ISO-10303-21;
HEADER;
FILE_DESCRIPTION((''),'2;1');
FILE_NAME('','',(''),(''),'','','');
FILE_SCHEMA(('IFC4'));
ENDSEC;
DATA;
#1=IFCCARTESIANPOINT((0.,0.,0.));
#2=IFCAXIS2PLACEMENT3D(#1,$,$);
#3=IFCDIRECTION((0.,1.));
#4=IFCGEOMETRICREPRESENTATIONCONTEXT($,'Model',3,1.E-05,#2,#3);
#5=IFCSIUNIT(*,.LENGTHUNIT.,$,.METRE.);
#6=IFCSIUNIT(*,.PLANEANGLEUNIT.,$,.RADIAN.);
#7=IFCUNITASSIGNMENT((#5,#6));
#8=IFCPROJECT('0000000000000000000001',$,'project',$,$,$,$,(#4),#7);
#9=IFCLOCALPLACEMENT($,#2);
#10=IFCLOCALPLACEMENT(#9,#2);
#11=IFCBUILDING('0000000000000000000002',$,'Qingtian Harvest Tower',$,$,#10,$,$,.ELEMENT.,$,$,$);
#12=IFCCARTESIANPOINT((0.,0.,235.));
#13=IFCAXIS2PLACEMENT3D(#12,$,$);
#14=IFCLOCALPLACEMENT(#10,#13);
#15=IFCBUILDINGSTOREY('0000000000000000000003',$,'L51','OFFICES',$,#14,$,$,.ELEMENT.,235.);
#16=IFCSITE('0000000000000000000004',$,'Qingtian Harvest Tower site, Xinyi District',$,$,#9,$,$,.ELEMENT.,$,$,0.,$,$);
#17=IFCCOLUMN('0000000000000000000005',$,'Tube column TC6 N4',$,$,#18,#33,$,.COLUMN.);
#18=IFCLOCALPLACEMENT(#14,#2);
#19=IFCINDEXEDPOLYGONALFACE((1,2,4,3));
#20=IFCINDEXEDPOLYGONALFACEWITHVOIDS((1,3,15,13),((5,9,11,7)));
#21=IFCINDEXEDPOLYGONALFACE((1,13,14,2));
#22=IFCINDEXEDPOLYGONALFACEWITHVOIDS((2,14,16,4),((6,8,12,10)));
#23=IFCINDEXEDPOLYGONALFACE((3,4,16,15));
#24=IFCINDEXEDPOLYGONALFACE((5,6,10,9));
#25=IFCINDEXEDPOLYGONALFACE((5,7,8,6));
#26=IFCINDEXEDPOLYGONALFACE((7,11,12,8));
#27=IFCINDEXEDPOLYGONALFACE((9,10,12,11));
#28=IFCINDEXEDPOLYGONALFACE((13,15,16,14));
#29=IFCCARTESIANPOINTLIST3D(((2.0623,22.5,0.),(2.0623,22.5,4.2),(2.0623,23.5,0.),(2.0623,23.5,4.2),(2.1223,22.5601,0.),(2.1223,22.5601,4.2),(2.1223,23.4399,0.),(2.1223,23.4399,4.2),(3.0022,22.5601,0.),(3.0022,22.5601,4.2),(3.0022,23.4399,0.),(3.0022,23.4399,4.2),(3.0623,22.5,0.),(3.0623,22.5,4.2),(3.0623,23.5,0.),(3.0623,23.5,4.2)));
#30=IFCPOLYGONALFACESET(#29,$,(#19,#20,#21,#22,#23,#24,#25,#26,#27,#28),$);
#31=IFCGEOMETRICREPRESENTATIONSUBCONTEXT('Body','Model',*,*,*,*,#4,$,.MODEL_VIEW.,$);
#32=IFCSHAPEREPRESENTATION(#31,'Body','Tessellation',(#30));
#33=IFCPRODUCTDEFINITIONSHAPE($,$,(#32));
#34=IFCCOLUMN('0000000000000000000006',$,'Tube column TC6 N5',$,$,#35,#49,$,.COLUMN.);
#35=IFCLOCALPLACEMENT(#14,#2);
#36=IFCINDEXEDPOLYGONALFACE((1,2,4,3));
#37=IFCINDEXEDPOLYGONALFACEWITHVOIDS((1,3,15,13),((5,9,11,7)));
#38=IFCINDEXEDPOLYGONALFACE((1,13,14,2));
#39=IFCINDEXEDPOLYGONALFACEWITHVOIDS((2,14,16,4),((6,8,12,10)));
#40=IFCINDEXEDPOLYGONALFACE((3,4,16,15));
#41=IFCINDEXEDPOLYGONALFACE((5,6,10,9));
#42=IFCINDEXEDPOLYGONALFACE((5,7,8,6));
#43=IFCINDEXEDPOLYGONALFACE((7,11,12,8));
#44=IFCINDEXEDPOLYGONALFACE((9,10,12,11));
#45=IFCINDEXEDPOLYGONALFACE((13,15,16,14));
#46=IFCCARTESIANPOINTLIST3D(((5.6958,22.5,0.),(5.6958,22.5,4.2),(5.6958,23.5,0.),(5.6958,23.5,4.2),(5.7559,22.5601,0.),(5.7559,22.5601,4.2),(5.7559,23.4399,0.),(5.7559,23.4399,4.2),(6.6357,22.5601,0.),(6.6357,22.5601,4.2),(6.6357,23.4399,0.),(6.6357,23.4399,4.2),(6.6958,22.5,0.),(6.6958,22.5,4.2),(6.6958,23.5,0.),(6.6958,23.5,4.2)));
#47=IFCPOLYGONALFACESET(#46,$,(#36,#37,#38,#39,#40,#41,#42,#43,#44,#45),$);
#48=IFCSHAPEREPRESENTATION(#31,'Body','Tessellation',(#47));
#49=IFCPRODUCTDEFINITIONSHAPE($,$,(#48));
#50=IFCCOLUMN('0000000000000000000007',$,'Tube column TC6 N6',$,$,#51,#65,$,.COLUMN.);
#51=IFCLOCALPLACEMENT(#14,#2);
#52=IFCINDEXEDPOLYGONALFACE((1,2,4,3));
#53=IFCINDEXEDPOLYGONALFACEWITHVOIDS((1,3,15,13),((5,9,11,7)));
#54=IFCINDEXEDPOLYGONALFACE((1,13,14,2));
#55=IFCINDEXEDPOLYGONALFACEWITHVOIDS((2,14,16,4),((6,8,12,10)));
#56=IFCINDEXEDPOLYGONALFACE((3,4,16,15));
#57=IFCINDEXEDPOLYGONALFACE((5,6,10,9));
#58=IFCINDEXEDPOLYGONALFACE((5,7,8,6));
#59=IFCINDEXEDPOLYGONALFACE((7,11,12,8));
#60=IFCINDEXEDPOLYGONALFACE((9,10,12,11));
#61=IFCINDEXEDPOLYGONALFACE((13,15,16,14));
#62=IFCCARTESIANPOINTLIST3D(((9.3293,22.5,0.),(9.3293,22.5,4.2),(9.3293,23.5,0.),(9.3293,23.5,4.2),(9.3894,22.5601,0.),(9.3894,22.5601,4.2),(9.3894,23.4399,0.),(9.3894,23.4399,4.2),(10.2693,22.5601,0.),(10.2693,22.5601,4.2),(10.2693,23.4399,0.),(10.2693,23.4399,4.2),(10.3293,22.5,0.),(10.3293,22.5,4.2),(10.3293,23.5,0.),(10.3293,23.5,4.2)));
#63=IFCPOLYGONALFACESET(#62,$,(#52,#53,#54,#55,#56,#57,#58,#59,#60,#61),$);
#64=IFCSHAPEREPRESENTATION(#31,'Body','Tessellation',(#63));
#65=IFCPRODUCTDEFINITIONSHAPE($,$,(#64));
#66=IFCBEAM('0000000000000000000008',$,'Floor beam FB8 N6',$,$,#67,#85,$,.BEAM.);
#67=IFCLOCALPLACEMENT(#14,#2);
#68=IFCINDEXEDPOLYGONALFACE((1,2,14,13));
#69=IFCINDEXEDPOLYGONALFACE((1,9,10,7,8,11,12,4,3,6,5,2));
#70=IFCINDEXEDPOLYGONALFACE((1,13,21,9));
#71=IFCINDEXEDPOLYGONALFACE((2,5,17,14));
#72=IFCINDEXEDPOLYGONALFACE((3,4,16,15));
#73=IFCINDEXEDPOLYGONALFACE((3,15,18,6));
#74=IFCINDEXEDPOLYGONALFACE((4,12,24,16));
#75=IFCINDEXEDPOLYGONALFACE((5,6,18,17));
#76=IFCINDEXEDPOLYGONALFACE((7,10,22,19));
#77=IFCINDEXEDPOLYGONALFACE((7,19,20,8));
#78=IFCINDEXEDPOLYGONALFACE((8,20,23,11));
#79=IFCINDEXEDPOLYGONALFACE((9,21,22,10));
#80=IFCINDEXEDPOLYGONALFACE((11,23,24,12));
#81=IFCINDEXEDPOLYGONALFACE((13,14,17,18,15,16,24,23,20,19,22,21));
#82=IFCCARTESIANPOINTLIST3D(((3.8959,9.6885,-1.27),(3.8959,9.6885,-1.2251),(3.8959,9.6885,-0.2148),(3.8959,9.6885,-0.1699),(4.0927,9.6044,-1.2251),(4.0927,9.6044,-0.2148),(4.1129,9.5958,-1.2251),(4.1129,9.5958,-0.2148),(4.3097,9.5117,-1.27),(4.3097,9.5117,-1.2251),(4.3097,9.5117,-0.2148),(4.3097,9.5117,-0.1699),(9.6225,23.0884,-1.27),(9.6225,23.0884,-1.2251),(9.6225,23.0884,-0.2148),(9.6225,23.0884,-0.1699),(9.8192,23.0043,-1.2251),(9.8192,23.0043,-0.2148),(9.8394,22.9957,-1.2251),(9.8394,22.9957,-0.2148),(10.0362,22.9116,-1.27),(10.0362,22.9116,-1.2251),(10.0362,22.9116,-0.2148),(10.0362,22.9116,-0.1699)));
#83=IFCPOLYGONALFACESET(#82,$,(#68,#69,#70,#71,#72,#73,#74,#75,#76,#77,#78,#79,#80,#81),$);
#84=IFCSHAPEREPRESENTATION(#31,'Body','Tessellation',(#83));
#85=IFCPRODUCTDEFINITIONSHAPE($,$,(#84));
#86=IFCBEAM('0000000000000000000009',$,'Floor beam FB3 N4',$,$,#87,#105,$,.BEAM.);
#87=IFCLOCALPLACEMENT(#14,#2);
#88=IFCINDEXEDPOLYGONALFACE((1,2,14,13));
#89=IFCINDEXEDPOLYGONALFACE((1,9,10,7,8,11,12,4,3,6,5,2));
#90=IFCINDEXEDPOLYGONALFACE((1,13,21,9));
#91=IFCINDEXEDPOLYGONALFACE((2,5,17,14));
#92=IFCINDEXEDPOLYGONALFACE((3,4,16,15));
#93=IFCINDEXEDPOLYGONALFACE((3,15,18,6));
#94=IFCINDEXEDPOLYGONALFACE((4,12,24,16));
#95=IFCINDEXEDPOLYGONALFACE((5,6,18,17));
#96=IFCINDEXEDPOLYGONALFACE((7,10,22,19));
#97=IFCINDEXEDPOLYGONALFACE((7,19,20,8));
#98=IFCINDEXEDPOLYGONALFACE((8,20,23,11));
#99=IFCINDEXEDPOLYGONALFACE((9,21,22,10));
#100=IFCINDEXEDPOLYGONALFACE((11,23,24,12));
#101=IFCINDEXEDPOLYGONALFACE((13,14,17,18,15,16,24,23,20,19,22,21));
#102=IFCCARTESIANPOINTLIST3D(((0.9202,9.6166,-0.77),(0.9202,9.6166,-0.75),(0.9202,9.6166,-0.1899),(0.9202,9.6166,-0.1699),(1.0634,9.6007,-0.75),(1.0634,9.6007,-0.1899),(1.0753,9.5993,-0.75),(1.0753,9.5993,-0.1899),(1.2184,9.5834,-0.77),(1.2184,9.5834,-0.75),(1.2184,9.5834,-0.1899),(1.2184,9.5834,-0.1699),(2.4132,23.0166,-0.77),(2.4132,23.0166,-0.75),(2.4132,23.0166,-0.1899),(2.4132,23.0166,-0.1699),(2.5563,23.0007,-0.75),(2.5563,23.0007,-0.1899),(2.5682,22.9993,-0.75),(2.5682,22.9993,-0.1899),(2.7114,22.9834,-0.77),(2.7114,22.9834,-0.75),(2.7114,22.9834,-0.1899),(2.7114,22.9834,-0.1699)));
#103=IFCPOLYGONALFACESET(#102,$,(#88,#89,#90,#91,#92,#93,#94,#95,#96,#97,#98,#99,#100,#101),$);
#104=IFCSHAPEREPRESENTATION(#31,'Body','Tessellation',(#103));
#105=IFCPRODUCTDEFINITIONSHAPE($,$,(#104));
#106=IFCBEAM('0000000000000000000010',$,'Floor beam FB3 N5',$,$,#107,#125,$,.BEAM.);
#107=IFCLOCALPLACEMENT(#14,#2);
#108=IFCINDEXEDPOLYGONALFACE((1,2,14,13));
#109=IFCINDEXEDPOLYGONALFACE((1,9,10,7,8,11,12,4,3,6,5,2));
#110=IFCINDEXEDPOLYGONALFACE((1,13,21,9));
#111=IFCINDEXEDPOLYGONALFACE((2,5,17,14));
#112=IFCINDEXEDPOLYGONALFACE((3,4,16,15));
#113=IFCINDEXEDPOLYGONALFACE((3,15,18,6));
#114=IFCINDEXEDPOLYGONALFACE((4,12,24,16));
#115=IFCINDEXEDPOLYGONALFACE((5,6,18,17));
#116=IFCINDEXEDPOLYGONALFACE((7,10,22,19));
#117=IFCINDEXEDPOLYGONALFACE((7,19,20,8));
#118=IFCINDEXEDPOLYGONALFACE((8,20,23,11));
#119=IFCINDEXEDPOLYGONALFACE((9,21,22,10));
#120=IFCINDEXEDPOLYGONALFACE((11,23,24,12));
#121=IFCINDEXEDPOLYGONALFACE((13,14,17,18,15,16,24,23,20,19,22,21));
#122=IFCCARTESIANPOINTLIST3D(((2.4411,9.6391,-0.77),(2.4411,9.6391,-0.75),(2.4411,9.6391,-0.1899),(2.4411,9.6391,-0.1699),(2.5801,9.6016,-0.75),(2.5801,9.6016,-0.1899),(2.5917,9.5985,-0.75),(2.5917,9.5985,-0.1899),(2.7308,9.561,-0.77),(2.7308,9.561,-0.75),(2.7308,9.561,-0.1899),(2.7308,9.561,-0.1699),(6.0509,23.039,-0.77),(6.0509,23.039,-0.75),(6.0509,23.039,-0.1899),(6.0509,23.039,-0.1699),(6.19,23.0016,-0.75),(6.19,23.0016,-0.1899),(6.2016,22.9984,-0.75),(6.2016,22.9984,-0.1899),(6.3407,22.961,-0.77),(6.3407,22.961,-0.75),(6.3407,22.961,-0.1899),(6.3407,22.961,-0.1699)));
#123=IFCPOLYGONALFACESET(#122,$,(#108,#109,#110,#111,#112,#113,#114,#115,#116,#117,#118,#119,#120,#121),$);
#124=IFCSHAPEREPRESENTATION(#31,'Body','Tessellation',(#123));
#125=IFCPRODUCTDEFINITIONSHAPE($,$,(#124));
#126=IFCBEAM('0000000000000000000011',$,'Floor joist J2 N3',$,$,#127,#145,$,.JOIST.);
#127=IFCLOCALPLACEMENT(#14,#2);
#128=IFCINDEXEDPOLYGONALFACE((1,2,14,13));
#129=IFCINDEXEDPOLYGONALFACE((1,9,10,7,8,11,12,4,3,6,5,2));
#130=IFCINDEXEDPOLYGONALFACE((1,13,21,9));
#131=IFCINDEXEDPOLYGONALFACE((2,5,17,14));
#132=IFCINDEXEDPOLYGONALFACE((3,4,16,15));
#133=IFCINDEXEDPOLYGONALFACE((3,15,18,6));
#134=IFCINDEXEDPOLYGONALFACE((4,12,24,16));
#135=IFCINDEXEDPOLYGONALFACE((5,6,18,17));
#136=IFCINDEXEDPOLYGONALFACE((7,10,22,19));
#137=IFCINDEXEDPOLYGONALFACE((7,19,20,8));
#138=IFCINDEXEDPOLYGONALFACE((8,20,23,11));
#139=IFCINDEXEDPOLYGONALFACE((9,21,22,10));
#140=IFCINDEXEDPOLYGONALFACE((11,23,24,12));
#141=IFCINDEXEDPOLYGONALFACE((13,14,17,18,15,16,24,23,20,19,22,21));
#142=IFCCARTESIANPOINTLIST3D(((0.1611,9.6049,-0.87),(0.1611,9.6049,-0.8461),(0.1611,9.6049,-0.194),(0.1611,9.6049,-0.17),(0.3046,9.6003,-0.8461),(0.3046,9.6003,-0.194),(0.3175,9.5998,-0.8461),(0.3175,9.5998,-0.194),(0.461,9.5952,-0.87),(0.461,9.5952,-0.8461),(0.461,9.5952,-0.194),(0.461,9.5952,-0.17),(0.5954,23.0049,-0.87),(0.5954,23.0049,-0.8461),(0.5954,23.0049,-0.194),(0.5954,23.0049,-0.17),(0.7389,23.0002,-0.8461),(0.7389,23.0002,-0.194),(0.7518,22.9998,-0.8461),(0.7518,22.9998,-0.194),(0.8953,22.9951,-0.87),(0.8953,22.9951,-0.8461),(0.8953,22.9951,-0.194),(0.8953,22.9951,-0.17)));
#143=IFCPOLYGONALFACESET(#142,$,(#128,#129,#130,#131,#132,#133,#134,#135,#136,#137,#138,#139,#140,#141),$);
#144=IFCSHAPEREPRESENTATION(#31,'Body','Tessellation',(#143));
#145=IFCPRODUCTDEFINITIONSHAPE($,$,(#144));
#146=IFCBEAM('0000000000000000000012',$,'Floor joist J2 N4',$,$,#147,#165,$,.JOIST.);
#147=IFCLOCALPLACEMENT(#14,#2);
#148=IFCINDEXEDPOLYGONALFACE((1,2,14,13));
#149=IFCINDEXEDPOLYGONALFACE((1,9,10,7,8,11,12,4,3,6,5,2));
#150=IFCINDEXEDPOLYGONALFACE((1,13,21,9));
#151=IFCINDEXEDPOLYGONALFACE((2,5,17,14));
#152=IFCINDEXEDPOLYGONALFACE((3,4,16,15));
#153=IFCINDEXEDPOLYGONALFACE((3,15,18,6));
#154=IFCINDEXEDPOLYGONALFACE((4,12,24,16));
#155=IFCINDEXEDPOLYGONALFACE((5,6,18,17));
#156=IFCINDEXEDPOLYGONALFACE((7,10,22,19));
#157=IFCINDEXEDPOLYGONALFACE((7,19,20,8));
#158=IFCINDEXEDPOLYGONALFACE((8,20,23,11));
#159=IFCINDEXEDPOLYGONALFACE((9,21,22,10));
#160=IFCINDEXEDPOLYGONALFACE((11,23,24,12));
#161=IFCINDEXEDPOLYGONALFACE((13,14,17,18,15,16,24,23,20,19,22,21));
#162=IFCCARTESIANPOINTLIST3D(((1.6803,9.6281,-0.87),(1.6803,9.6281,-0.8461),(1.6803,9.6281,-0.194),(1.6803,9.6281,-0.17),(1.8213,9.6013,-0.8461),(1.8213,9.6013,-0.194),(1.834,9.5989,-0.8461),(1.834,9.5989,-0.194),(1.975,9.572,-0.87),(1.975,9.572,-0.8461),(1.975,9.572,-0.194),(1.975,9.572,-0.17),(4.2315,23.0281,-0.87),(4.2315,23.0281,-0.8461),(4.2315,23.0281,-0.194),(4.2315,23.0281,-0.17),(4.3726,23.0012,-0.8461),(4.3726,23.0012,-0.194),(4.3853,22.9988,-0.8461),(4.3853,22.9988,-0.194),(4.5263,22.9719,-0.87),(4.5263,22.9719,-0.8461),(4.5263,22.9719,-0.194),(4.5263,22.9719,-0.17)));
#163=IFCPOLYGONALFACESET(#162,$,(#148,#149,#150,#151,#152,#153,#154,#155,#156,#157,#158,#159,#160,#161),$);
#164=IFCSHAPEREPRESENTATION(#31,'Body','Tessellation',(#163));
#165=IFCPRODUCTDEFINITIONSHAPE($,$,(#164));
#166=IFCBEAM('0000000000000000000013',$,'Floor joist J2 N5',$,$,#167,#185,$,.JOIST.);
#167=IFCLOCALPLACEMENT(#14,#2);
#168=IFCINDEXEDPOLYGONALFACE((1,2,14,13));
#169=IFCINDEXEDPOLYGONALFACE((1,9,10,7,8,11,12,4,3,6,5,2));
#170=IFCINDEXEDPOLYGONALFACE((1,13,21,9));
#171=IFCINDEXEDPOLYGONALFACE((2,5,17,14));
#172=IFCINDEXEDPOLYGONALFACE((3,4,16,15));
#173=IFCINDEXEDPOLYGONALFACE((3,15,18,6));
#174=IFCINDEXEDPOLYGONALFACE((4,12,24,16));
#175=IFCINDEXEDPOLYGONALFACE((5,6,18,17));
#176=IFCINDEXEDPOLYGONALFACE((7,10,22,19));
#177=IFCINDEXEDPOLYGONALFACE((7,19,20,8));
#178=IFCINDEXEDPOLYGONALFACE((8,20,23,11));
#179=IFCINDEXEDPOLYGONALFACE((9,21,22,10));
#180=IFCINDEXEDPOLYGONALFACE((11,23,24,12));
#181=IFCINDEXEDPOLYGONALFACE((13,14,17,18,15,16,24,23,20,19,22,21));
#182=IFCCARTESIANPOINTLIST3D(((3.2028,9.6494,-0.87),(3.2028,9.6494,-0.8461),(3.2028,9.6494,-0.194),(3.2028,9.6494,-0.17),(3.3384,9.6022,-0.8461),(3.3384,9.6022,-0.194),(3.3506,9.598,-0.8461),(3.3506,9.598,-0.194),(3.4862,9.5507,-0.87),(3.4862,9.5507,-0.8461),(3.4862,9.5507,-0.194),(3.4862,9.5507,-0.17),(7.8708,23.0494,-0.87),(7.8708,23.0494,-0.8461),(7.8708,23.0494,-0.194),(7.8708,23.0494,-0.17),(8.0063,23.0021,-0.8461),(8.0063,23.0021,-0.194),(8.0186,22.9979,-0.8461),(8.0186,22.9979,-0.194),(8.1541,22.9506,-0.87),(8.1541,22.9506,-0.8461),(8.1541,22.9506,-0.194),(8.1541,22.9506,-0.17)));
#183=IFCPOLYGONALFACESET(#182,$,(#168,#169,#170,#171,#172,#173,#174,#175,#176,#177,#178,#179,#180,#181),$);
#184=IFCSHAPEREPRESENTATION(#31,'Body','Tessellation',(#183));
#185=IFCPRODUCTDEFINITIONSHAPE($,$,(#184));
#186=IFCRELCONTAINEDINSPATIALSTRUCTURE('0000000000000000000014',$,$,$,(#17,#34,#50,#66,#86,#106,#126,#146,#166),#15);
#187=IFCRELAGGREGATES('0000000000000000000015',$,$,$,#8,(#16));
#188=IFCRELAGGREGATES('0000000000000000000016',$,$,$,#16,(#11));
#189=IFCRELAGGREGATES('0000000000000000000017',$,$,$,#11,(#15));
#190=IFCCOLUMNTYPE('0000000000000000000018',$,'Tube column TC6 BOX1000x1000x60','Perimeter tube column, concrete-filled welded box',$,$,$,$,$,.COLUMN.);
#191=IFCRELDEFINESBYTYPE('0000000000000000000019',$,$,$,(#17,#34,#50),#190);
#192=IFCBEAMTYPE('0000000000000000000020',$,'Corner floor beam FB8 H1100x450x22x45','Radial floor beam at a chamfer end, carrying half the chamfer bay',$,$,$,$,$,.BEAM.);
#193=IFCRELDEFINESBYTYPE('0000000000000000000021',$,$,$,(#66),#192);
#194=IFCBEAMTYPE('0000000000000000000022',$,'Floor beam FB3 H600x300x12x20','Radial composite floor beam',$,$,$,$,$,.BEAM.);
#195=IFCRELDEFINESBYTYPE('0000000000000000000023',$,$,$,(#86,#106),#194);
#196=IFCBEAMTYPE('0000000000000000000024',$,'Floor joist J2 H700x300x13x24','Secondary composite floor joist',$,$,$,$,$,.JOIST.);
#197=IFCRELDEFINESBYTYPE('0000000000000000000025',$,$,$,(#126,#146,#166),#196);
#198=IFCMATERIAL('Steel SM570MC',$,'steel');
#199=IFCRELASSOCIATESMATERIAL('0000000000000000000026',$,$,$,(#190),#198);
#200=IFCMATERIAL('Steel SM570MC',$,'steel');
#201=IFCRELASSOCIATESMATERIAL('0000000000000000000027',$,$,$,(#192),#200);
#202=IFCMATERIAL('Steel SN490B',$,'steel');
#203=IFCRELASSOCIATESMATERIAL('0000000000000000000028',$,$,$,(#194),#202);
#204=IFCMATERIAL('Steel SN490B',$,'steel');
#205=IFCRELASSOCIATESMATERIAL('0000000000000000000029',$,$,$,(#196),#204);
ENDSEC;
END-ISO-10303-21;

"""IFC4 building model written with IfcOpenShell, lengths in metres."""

from ifc_helpers import new_model, si_unit, direction, frame, origin, origin_2d, place, context, subcontext, project, spatial, hollow_rectangle, i_section, extrude, material, material_profile, profile_set, type_object, element, save


model = new_model("IFC4")

# Units and contexts
model_context = context("Model", 3, precision=1e-05, world=origin(), true_north=direction((0.0, 1.0)))
body_context = subcontext(model_context, "Body", "Model", "MODEL_VIEW")
ifc_project = project(units=[si_unit("LENGTHUNIT", "METRE"), si_unit("PLANEANGLEUNIT", "RADIAN")], contexts=[model_context])

# Site, building, storey
site_placement = place(None, origin())
site = spatial("IfcSite", under=ifc_project, at=site_placement, Name="Qingtian Harvest Tower site, Xinyi District", CompositionType="ELEMENT", RefElevation=0.0)
building_placement = place(site_placement, origin())
building = spatial("IfcBuilding", under=site, at=building_placement, Name="Qingtian Harvest Tower", CompositionType="ELEMENT")
storey_placement = place(building_placement, frame((0.0, 0.0, 235.0)))
storey = spatial("IfcBuildingStorey", under=building, at=storey_placement, Name="L51", Description="OFFICES", CompositionType="ELEMENT", Elevation=235.0)

# Columns
ifc_material_1 = material(Name="Steel SM570MC", Category="steel")
ifc_material_profile_1 = material_profile(ifc_material_1, hollow_rectangle(XDim=1.0, YDim=1.0, WallThickness=0.0601, at=origin_2d()), Name="BOX1000x1000x60")
ifc_profile_set_1 = profile_set([ifc_material_profile_1], Name="Steel SM570MC")
column_type = type_object("IfcColumnType", Name="Tube column TC6 BOX1000x1000x60", Description="Perimeter tube column, concrete-filled welded box", PredefinedType="COLUMN", material=ifc_profile_set_1)
for number, where, z_axis, x_axis, name in (
    (1, (2.5623, 23.0, 0.0), (0.0, 0.0, 1.0), (-1.0, 0.0, 0.0), "Tube column TC6 N4"),
    (2, (6.1958, 23.0, 0.0), (0.0, 0.0, 1.0), (-1.0, 0.0, 0.0), "Tube column TC6 N5"),
    (3, (9.8293, 23.0, 0.0), (0.0, 0.0, 1.0), (-1.0, 0.0, 0.0), "Tube column TC6 N6"),
):
    element("IfcColumn", number, at=place(storey_placement, frame(where, z_axis=z_axis, x_axis=x_axis)), inside=storey, type_object=column_type, Name=name, PredefinedType="COLUMN", context=body_context, shape_type="SweptSolid", body=[
        extrude(hollow_rectangle(XDim=1.0, YDim=1.0, WallThickness=0.0601, at=origin_2d()), origin(), (0.0, 0.0, 1.0), 4.2),
    ])

# Beams
ifc_material_2 = material(Name="Steel SM570MC", Category="steel")
ifc_material_profile_2 = material_profile(ifc_material_2, i_section(OverallWidth=0.45, OverallDepth=1.1001, WebThickness=0.022, FlangeThickness=0.0449, at=origin_2d()), Name="H1100x450x22x45")
ifc_profile_set_2 = profile_set([ifc_material_profile_2], Name="Steel SM570MC")
beam_type_1 = type_object("IfcBeamType", Name="Corner floor beam FB8 H1100x450x22x45", Description="Radial floor beam at a chamfer end, carrying half the chamfer bay", PredefinedType="BEAM", material=ifc_profile_set_2)
beam_1_placement = place(storey_placement, frame((9.8293, 23.0, -0.72), z_axis=(-0.392977, -0.919548, 0.0), x_axis=(0.919548, -0.392977, 0.0)))
element("IfcBeam", 4, at=beam_1_placement, inside=storey, type_object=beam_type_1, Name="Floor beam FB8 N6", PredefinedType="BEAM", context=body_context, shape_type="SweptSolid", body=[
    extrude(i_section(OverallWidth=0.45, OverallDepth=1.1001, WebThickness=0.022, FlangeThickness=0.0449, at=origin_2d()), origin(), (0.0, 0.0, 1.0), 14.5723),
])
ifc_material_3 = material(Name="Steel SN490B", Category="steel")
ifc_material_profile_3 = material_profile(ifc_material_3, i_section(OverallWidth=0.3, OverallDepth=0.6001, WebThickness=0.012, FlangeThickness=0.02, at=origin_2d()), Name="H600x300x12x20")
ifc_profile_set_3 = profile_set([ifc_material_profile_3], Name="Steel SN490B")
beam_type_2 = type_object("IfcBeamType", Name="Floor beam FB3 H600x300x12x20", Description="Radial composite floor beam", PredefinedType="BEAM", material=ifc_profile_set_3)
beam_2_placement = place(storey_placement, frame((2.5623, 23.0, -0.47), z_axis=(-0.110728, -0.993851, 0.0), x_axis=(0.993851, -0.110728, 0.0)))
element("IfcBeam", 5, at=beam_2_placement, inside=storey, type_object=beam_type_2, Name="Floor beam FB3 N4", PredefinedType="BEAM", context=body_context, shape_type="SweptSolid", body=[
    extrude(i_section(OverallWidth=0.3, OverallDepth=0.6001, WebThickness=0.012, FlangeThickness=0.02, at=origin_2d()), origin(), (0.0, 0.0, 1.0), 13.4829),
])
beam_3_placement = place(storey_placement, frame((6.1958, 23.0, -0.47), z_axis=(-0.260121, -0.965576, 0.0), x_axis=(0.965576, -0.260121, 0.0)))
element("IfcBeam", 6, at=beam_3_placement, inside=storey, type_object=beam_type_2, Name="Floor beam FB3 N5", PredefinedType="BEAM", context=body_context, shape_type="SweptSolid", body=[
    extrude(i_section(OverallWidth=0.3, OverallDepth=0.6001, WebThickness=0.012, FlangeThickness=0.02, at=origin_2d()), origin(), (0.0, 0.0, 1.0), 13.8777),
])
ifc_material_4 = material(Name="Steel SN490B", Category="steel")
ifc_material_profile_4 = material_profile(ifc_material_4, i_section(OverallWidth=0.3, OverallDepth=0.7, WebThickness=0.0129, FlangeThickness=0.0239, at=origin_2d()), Name="H700x300x13x24")
ifc_profile_set_4 = profile_set([ifc_material_profile_4], Name="Steel SN490B")
beam_type_3 = type_object("IfcBeamType", Name="Floor joist J2 H700x300x13x24", Description="Secondary composite floor joist", PredefinedType="JOIST", material=ifc_profile_set_4)
beam_4_placement = place(storey_placement, frame((0.7454, 23.0, -0.52), z_axis=(-0.032396, -0.999475, 0.0), x_axis=(0.999475, -0.032396, 0.0)))
element("IfcBeam", 7, at=beam_4_placement, inside=storey, type_object=beam_type_3, Name="Floor joist J2 N3", PredefinedType="JOIST", context=body_context, shape_type="SweptSolid", body=[
    extrude(i_section(OverallWidth=0.3, OverallDepth=0.7, WebThickness=0.0129, FlangeThickness=0.0239, at=origin_2d()), origin(), (0.0, 0.0, 1.0), 13.407),
])
beam_5_placement = place(storey_placement, frame((4.3789, 23.0, -0.52), z_axis=(-0.187035, -0.982353, 0.0), x_axis=(0.982353, -0.187035, 0.0)))
element("IfcBeam", 8, at=beam_5_placement, inside=storey, type_object=beam_type_3, Name="Floor joist J2 N4", PredefinedType="JOIST", context=body_context, shape_type="SweptSolid", body=[
    extrude(i_section(OverallWidth=0.3, OverallDepth=0.7, WebThickness=0.0129, FlangeThickness=0.0239, at=origin_2d()), origin(), (0.0, 0.0, 1.0), 13.6406),
])
beam_6_placement = place(storey_placement, frame((8.0125, 23.0, -0.52), z_axis=(-0.328969, -0.944341, 0.0), x_axis=(0.944341, -0.328969, 0.0)))
element("IfcBeam", 9, at=beam_6_placement, inside=storey, type_object=beam_type_3, Name="Floor joist J2 N5", PredefinedType="JOIST", context=body_context, shape_type="SweptSolid", body=[
    extrude(i_section(OverallWidth=0.3, OverallDepth=0.7, WebThickness=0.0129, FlangeThickness=0.0239, at=origin_2d()), origin(), (0.0, 0.0, 1.0), 14.1897),
])

save(model, "model.ifc")
